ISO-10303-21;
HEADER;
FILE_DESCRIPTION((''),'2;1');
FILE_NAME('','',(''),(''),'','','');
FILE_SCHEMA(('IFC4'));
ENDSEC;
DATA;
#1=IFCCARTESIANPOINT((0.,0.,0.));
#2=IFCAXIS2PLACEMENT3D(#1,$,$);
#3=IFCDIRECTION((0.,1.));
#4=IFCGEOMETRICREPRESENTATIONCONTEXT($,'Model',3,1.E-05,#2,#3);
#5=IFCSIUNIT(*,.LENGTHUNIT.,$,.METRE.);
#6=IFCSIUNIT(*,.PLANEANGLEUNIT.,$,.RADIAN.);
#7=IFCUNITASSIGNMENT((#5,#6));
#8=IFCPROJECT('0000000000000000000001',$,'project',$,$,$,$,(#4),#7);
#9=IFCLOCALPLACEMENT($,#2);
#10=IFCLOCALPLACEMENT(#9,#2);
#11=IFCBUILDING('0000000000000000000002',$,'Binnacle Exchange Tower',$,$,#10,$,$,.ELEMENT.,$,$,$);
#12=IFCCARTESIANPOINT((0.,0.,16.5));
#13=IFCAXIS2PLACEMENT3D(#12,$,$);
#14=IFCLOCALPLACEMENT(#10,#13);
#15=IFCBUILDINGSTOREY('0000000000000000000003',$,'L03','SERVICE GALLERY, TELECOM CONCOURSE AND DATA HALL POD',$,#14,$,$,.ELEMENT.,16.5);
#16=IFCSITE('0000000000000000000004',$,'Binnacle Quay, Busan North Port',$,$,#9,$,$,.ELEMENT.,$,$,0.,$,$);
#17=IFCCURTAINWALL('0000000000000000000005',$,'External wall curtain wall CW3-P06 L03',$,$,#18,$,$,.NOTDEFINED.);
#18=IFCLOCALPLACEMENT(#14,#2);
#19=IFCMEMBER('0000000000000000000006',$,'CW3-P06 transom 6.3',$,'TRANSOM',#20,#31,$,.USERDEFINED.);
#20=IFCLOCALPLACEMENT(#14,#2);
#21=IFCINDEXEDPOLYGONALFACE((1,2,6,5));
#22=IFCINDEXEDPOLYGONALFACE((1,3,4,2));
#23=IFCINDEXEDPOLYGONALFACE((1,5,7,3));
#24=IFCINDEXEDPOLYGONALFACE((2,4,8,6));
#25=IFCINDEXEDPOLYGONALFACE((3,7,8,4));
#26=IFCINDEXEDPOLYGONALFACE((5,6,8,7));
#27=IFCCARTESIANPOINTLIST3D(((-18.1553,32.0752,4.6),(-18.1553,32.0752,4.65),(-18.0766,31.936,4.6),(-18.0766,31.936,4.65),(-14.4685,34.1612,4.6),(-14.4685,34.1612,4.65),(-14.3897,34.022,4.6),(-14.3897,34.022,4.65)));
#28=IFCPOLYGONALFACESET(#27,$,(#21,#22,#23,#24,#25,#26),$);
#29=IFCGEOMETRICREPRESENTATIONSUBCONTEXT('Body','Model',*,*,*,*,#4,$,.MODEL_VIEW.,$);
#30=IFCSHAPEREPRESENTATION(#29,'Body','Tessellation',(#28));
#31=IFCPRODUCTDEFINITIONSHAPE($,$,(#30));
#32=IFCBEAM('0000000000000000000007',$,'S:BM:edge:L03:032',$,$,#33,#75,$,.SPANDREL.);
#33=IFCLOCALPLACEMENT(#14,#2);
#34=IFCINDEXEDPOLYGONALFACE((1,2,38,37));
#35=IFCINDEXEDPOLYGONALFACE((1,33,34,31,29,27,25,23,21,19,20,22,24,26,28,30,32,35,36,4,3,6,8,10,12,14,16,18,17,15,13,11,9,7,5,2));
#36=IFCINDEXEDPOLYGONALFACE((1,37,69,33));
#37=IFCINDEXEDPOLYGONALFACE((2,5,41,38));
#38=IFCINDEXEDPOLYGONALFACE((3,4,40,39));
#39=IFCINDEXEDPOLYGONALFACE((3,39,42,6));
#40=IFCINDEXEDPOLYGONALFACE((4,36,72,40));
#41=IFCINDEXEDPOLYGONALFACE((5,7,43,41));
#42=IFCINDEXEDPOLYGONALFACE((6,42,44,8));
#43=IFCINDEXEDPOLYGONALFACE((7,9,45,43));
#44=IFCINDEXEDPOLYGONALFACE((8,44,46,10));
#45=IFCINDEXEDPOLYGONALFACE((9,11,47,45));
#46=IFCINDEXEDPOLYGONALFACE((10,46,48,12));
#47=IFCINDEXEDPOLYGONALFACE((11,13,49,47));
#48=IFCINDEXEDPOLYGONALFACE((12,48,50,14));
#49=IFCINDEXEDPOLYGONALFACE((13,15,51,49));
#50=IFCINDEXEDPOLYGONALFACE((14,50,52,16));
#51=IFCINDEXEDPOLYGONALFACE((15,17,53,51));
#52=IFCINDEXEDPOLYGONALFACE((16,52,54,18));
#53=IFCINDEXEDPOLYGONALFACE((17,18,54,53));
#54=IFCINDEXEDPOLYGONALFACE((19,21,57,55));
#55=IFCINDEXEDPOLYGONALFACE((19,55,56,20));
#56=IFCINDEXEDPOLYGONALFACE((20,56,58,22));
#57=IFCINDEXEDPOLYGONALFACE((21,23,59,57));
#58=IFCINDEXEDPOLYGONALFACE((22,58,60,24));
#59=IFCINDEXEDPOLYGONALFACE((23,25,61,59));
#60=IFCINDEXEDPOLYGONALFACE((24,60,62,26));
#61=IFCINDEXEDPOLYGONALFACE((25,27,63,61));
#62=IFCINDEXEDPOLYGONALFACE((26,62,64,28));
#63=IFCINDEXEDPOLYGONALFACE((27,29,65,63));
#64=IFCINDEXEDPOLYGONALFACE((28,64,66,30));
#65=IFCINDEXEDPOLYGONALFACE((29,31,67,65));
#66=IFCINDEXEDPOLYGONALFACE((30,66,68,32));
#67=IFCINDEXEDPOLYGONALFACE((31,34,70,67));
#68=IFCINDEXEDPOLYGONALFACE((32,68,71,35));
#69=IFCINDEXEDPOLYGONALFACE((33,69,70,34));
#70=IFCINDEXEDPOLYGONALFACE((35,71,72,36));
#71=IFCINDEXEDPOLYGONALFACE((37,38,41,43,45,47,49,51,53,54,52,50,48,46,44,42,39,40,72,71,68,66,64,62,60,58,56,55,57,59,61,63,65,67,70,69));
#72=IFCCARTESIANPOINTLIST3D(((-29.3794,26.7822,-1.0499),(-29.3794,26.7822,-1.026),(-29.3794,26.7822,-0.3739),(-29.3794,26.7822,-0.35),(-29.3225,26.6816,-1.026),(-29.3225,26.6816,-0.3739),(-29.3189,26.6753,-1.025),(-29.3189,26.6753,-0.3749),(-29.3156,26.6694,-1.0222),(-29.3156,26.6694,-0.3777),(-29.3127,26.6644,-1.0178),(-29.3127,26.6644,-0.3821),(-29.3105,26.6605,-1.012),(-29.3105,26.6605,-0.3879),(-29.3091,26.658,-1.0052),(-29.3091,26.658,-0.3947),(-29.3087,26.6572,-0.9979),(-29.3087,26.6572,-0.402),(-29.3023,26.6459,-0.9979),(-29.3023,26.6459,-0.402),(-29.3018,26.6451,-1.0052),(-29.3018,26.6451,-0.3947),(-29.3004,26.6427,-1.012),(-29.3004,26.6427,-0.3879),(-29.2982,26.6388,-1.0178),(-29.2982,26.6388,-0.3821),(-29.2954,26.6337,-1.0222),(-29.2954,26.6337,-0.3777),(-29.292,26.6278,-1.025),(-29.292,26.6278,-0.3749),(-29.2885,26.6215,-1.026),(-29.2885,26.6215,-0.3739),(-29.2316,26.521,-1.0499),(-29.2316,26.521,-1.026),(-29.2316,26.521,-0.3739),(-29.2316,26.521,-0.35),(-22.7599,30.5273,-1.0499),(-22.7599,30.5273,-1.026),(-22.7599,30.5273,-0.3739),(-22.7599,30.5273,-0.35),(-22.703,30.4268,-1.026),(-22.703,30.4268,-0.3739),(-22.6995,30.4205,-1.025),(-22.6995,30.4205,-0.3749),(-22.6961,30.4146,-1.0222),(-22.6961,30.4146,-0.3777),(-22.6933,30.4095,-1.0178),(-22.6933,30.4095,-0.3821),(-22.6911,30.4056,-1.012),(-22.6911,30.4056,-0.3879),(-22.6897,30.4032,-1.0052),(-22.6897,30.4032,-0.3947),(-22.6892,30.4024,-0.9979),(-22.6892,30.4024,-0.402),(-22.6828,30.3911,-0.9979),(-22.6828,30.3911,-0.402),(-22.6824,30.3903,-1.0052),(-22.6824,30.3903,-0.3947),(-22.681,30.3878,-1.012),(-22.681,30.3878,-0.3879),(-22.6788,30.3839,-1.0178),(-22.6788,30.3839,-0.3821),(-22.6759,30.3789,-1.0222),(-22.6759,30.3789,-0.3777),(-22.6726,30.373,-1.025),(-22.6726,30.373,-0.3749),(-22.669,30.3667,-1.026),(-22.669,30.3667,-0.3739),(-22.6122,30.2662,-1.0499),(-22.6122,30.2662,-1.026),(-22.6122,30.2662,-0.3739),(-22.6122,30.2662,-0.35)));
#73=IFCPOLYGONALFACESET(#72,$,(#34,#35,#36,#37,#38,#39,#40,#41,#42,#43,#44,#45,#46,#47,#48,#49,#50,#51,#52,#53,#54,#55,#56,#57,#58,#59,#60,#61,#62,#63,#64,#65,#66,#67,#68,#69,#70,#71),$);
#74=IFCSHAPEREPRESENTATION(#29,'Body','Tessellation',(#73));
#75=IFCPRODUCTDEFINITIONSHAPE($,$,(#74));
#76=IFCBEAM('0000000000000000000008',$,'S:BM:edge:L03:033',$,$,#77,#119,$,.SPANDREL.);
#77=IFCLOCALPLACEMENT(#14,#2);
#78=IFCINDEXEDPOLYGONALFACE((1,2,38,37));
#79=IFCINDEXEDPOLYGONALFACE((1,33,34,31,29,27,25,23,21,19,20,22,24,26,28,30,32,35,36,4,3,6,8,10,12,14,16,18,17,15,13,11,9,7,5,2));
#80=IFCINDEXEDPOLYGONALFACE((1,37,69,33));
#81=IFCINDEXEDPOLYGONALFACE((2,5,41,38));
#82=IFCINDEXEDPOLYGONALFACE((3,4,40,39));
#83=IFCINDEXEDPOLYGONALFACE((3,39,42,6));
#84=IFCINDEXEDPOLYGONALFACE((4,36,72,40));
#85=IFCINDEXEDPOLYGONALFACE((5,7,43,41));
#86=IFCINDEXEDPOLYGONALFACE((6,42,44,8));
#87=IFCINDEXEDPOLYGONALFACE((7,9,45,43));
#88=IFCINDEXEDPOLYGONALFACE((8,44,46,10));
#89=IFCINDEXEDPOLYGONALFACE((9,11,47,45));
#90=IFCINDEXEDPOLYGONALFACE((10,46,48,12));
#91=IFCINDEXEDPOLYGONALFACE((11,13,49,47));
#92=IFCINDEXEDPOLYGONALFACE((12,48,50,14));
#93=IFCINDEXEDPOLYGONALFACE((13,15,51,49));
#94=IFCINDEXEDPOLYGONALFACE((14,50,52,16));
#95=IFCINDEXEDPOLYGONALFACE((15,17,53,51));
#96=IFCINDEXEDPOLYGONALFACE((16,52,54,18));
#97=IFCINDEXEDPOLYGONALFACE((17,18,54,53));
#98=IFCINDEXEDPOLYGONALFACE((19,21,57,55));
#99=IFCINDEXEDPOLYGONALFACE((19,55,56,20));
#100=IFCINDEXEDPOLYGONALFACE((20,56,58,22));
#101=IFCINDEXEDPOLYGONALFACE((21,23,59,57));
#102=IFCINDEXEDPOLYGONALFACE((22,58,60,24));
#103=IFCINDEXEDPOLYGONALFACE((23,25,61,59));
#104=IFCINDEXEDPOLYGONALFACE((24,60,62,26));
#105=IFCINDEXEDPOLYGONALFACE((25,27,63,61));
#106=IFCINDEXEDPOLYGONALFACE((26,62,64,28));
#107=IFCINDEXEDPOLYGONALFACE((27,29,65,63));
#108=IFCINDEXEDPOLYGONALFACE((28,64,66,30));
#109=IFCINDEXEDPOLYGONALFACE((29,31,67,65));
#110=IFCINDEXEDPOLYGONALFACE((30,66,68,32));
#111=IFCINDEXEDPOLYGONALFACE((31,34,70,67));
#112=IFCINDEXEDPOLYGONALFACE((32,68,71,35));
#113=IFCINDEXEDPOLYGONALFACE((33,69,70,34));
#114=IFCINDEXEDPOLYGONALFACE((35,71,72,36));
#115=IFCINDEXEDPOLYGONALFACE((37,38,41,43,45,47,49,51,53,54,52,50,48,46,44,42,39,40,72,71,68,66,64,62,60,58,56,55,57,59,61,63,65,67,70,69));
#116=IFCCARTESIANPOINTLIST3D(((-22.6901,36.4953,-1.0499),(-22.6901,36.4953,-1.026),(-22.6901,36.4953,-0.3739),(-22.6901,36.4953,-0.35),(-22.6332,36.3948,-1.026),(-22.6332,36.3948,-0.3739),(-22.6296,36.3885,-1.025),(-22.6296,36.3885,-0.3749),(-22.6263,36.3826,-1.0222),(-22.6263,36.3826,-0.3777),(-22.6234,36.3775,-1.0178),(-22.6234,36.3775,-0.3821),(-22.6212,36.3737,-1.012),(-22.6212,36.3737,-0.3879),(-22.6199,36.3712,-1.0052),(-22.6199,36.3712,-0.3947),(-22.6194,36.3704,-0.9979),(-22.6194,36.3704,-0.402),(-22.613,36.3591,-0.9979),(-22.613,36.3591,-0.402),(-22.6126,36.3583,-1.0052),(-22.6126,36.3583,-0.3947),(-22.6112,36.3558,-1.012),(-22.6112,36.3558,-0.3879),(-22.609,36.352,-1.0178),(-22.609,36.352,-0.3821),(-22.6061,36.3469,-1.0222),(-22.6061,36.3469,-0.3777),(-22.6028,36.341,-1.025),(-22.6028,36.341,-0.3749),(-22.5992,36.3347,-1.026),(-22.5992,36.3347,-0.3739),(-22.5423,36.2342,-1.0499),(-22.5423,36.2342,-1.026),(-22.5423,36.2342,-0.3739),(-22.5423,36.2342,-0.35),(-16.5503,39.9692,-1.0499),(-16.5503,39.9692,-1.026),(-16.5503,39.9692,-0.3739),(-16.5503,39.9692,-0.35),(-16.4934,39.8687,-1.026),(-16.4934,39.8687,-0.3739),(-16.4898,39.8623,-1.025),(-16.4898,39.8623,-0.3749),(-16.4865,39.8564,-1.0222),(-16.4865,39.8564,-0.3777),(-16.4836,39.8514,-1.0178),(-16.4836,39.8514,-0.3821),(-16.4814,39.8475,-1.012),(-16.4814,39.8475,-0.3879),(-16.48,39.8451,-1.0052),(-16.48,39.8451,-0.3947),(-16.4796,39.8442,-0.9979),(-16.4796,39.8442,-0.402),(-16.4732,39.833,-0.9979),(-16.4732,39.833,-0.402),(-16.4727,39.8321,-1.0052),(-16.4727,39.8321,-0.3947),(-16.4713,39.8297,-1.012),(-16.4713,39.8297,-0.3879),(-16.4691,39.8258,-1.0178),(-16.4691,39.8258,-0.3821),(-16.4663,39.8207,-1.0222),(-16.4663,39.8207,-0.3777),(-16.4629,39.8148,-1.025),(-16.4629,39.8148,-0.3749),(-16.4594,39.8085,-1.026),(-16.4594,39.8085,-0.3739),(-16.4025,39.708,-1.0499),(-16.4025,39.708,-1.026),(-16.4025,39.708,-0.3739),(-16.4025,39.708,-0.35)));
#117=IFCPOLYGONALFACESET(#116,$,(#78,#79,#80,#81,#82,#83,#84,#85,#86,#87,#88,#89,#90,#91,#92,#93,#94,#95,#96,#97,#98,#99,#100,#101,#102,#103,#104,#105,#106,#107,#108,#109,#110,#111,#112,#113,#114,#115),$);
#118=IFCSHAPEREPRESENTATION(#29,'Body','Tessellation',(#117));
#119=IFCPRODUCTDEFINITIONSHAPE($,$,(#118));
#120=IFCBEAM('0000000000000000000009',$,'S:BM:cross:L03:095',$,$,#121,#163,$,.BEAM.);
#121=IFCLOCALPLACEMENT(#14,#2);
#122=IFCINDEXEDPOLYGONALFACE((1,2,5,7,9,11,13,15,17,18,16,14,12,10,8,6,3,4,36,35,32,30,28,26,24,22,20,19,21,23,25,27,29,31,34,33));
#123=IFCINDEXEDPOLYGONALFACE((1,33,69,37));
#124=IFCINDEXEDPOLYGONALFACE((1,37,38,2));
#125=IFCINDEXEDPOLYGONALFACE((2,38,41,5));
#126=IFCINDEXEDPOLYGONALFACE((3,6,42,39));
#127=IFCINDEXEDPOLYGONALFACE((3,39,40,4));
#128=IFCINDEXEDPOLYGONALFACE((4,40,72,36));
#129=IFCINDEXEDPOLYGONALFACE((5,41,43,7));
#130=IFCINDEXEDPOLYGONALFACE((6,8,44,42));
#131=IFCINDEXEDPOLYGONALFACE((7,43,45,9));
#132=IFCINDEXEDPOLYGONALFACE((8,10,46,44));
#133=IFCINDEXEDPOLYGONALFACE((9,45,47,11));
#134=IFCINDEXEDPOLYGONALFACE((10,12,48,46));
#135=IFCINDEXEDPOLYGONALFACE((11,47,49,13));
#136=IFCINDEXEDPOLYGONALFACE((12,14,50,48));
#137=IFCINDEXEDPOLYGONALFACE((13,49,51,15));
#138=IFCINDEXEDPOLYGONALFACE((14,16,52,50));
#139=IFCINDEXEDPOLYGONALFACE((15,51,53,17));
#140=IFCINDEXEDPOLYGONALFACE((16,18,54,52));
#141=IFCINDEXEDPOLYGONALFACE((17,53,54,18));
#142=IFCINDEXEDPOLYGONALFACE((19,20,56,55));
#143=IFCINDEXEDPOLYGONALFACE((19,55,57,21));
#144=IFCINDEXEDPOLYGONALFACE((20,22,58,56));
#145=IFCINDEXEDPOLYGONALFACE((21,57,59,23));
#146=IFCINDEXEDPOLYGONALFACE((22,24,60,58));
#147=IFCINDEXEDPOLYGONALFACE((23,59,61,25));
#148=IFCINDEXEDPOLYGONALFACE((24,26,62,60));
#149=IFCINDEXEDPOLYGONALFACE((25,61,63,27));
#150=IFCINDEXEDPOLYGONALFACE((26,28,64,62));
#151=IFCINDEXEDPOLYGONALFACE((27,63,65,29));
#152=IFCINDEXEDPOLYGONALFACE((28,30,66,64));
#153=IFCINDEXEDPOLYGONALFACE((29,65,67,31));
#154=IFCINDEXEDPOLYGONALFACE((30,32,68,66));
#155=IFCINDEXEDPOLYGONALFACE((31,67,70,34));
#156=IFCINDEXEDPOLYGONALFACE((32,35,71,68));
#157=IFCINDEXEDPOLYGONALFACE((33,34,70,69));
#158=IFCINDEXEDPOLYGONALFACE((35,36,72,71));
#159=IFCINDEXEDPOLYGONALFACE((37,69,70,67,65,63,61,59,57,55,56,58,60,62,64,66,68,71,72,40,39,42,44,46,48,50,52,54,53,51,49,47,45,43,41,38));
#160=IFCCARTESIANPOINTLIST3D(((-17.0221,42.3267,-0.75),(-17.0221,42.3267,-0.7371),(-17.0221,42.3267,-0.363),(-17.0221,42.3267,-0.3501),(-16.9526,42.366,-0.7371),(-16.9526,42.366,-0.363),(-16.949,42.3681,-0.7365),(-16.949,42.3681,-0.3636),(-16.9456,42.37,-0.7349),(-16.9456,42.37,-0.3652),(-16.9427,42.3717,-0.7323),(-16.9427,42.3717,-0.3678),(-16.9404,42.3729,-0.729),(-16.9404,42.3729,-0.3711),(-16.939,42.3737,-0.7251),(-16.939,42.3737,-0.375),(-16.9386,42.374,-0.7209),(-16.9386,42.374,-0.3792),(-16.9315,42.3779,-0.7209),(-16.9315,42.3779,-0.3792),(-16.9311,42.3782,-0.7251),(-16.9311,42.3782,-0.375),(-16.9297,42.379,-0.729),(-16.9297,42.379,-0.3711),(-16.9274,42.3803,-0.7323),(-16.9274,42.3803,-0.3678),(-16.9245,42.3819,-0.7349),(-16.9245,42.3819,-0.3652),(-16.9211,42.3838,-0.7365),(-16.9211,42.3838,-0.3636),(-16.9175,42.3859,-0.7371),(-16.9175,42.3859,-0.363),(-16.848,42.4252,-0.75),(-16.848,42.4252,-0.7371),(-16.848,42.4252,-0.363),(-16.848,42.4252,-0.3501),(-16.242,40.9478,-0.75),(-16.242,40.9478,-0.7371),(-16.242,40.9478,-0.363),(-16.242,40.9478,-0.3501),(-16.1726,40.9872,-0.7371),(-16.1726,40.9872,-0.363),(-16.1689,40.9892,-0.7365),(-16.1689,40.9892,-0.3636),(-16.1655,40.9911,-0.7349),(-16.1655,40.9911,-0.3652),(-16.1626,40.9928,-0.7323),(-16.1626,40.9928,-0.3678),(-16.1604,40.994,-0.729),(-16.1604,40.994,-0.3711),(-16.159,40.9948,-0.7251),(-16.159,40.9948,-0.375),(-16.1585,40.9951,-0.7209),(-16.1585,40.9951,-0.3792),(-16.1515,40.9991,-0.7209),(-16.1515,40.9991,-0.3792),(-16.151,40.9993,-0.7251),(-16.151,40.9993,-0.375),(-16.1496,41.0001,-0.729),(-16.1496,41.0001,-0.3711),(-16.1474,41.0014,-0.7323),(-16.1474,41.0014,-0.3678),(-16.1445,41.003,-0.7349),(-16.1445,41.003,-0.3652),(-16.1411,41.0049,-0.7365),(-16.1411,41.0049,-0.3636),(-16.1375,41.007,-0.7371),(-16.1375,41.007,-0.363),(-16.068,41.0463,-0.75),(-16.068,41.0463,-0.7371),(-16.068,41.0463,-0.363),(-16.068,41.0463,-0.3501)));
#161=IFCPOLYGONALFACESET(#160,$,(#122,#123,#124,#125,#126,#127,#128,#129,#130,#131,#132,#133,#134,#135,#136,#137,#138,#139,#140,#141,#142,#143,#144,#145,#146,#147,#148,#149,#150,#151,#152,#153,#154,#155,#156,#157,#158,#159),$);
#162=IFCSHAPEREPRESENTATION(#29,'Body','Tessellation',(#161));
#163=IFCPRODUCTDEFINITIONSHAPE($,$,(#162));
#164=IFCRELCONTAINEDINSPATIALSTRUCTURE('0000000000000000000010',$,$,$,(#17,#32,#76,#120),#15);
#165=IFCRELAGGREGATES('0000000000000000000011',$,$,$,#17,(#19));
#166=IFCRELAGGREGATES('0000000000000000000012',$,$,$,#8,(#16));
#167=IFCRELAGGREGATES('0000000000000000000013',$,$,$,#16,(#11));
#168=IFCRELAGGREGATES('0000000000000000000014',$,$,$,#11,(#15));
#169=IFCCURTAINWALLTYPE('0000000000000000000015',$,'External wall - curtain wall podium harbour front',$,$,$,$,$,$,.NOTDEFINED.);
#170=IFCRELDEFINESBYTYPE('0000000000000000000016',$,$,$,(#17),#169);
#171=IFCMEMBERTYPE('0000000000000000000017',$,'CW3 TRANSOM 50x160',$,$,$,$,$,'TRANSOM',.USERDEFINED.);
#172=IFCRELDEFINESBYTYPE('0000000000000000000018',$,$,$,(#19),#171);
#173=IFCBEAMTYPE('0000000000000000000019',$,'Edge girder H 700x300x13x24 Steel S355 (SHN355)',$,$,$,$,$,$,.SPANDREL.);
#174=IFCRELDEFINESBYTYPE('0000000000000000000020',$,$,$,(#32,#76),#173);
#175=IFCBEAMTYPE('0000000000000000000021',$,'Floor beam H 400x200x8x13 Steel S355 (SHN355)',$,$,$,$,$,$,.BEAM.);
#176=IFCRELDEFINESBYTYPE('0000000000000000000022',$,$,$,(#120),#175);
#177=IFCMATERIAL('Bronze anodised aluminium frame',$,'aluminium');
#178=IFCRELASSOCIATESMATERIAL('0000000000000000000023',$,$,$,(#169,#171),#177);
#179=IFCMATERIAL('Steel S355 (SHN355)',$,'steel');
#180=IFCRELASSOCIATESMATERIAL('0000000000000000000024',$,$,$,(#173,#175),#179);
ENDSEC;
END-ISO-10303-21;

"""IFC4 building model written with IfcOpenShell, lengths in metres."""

from ifc_helpers import new_model, si_unit, direction, frame, origin, origin_2d, place, context, subcontext, project, spatial, rectangle, i_section, extrude, material, material_profile, profile_set, type_object, element, aggregate, save


model = new_model("IFC4")

# Units and contexts
model_context = context("Model", 3, precision=1e-05, world=origin(), true_north=direction((0.0, 1.0)))
body_context = subcontext(model_context, "Body", "Model", "MODEL_VIEW")
ifc_project = project(units=[si_unit("LENGTHUNIT", "METRE"), si_unit("PLANEANGLEUNIT", "RADIAN")], contexts=[model_context])

# Site, building, storey
site_placement = place(None, origin())
site = spatial("IfcSite", under=ifc_project, at=site_placement, Name="Binnacle Quay, Busan North Port", CompositionType="ELEMENT", RefElevation=0.0)
building_placement = place(site_placement, origin())
building = spatial("IfcBuilding", under=site, at=building_placement, Name="Binnacle Exchange Tower", CompositionType="ELEMENT")
storey_placement = place(building_placement, frame((0.0, 0.0, 16.5)))
storey = spatial("IfcBuildingStorey", under=building, at=storey_placement, Name="L03", Description="SERVICE GALLERY, TELECOM CONCOURSE AND DATA HALL POD", CompositionType="ELEMENT", Elevation=16.5)

# Curtain wall, member
ifc_material_1 = material(Name="Bronze anodised aluminium frame", Category="aluminium")
curtain_wall_type = type_object("IfcCurtainWallType", Name="External wall - curtain wall podium harbour front", PredefinedType="NOTDEFINED", material=ifc_material_1)
curtain_wall_placement = place(storey_placement, origin())
curtain_wall = element("IfcCurtainWall", 1, at=curtain_wall_placement, inside=storey, type_object=curtain_wall_type, Name="External wall curtain wall CW3-P06 L03", PredefinedType="NOTDEFINED")
ifc_material_profile_1 = material_profile(ifc_material_1, rectangle(XDim=0.1599, YDim=0.05, at=origin_2d()), Name="AL 160x50")
ifc_profile_set_1 = profile_set([ifc_material_profile_1], Name="Bronze anodised aluminium frame")
member_type_1 = type_object("IfcMemberType", Name="CW3 TRANSOM 50x160", ElementType="TRANSOM", PredefinedType="USERDEFINED", material=ifc_profile_set_1)
member_1_placement = place(storey_placement, frame((-18.116, 32.0056, 4.625), z_axis=(0.870349, 0.492435, 0.0), x_axis=(-0.492435, 0.870349, 0.0)))
member_1 = element("IfcMember", 2, at=member_1_placement, type_object=member_type_1, Name="CW3-P06 transom 6.3", ObjectType="TRANSOM", PredefinedType="USERDEFINED", context=body_context, shape_type="SweptSolid", body=[
    extrude(rectangle(XDim=0.1599, YDim=0.05, at=origin_2d()), origin(), (0.0, 0.0, 1.0), 4.2361),
])

# Beams
ifc_material_2 = material(Name="Steel S355 (SHN355)", Category="steel")
ifc_material_profile_2 = material_profile(ifc_material_2, i_section(OverallWidth=0.3, OverallDepth=0.7, WebThickness=0.0129, FlangeThickness=0.0239, FilletRadius=0.0281, at=origin_2d()), Name="H 700x300x13x24")
ifc_profile_set_2 = profile_set([ifc_material_profile_2], Name="Steel S355 (SHN355)")
beam_type_1 = type_object("IfcBeamType", Name="Edge girder H 700x300x13x24 Steel S355 (SHN355)", PredefinedType="SPANDREL", material=ifc_profile_set_2)
beam_1_placement = place(storey_placement, frame((-22.686, 30.3967, -0.7), z_axis=(-0.870353, -0.492428, 0.0), x_axis=(0.492428, -0.870353, 0.0)))
element("IfcBeam", 3, at=beam_1_placement, inside=storey, type_object=beam_type_1, Name="S:BM:edge:L03:032", PredefinedType="SPANDREL", context=body_context, shape_type="SweptSolid", body=[
    extrude(i_section(OverallWidth=0.3, OverallDepth=0.7, WebThickness=0.0129, FlangeThickness=0.0239, FilletRadius=0.0281, at=origin_2d()), origin(), (0.0, 0.0, 1.0), 7.6055),
])
beam_2_placement = place(storey_placement, frame((-22.6162, 36.3647, -0.7), z_axis=(0.87035, 0.492434, 0.0), x_axis=(-0.492434, 0.87035, 0.0)))
element("IfcBeam", 4, at=beam_2_placement, inside=storey, type_object=beam_type_1, Name="S:BM:edge:L03:033", PredefinedType="SPANDREL", context=body_context, shape_type="SweptSolid", body=[
    extrude(i_section(OverallWidth=0.3, OverallDepth=0.7, WebThickness=0.0129, FlangeThickness=0.0239, FilletRadius=0.0281, at=origin_2d()), origin(), (0.0, 0.0, 1.0), 7.0544),
])
ifc_material_profile_3 = material_profile(ifc_material_2, i_section(OverallWidth=0.2, OverallDepth=0.3999, WebThickness=0.0081, FlangeThickness=0.0129, FilletRadius=0.0161, at=origin_2d()), Name="H 400x200x8x13")
ifc_profile_set_3 = profile_set([ifc_material_profile_3], Name="Steel S355 (SHN355)")
beam_type_2 = type_object("IfcBeamType", Name="Floor beam H 400x200x8x13 Steel S355 (SHN355)", PredefinedType="BEAM", material=ifc_profile_set_3)
beam_3_placement = place(storey_placement, frame((-16.155, 40.9971, -0.55), z_axis=(-0.492367, 0.870388, 0.0), x_axis=(-0.870388, -0.492367, 0.0)))
element("IfcBeam", 5, at=beam_3_placement, inside=storey, type_object=beam_type_2, Name="S:BM:cross:L03:095", PredefinedType="BEAM", context=body_context, shape_type="SweptSolid", body=[
    extrude(i_section(OverallWidth=0.2, OverallDepth=0.3999, WebThickness=0.0081, FlangeThickness=0.0129, FilletRadius=0.0161, at=origin_2d()), origin(), (0.0, 0.0, 1.0), 1.5842),
])

aggregate(curtain_wall, [member_1])

save(model, "model.ifc")
